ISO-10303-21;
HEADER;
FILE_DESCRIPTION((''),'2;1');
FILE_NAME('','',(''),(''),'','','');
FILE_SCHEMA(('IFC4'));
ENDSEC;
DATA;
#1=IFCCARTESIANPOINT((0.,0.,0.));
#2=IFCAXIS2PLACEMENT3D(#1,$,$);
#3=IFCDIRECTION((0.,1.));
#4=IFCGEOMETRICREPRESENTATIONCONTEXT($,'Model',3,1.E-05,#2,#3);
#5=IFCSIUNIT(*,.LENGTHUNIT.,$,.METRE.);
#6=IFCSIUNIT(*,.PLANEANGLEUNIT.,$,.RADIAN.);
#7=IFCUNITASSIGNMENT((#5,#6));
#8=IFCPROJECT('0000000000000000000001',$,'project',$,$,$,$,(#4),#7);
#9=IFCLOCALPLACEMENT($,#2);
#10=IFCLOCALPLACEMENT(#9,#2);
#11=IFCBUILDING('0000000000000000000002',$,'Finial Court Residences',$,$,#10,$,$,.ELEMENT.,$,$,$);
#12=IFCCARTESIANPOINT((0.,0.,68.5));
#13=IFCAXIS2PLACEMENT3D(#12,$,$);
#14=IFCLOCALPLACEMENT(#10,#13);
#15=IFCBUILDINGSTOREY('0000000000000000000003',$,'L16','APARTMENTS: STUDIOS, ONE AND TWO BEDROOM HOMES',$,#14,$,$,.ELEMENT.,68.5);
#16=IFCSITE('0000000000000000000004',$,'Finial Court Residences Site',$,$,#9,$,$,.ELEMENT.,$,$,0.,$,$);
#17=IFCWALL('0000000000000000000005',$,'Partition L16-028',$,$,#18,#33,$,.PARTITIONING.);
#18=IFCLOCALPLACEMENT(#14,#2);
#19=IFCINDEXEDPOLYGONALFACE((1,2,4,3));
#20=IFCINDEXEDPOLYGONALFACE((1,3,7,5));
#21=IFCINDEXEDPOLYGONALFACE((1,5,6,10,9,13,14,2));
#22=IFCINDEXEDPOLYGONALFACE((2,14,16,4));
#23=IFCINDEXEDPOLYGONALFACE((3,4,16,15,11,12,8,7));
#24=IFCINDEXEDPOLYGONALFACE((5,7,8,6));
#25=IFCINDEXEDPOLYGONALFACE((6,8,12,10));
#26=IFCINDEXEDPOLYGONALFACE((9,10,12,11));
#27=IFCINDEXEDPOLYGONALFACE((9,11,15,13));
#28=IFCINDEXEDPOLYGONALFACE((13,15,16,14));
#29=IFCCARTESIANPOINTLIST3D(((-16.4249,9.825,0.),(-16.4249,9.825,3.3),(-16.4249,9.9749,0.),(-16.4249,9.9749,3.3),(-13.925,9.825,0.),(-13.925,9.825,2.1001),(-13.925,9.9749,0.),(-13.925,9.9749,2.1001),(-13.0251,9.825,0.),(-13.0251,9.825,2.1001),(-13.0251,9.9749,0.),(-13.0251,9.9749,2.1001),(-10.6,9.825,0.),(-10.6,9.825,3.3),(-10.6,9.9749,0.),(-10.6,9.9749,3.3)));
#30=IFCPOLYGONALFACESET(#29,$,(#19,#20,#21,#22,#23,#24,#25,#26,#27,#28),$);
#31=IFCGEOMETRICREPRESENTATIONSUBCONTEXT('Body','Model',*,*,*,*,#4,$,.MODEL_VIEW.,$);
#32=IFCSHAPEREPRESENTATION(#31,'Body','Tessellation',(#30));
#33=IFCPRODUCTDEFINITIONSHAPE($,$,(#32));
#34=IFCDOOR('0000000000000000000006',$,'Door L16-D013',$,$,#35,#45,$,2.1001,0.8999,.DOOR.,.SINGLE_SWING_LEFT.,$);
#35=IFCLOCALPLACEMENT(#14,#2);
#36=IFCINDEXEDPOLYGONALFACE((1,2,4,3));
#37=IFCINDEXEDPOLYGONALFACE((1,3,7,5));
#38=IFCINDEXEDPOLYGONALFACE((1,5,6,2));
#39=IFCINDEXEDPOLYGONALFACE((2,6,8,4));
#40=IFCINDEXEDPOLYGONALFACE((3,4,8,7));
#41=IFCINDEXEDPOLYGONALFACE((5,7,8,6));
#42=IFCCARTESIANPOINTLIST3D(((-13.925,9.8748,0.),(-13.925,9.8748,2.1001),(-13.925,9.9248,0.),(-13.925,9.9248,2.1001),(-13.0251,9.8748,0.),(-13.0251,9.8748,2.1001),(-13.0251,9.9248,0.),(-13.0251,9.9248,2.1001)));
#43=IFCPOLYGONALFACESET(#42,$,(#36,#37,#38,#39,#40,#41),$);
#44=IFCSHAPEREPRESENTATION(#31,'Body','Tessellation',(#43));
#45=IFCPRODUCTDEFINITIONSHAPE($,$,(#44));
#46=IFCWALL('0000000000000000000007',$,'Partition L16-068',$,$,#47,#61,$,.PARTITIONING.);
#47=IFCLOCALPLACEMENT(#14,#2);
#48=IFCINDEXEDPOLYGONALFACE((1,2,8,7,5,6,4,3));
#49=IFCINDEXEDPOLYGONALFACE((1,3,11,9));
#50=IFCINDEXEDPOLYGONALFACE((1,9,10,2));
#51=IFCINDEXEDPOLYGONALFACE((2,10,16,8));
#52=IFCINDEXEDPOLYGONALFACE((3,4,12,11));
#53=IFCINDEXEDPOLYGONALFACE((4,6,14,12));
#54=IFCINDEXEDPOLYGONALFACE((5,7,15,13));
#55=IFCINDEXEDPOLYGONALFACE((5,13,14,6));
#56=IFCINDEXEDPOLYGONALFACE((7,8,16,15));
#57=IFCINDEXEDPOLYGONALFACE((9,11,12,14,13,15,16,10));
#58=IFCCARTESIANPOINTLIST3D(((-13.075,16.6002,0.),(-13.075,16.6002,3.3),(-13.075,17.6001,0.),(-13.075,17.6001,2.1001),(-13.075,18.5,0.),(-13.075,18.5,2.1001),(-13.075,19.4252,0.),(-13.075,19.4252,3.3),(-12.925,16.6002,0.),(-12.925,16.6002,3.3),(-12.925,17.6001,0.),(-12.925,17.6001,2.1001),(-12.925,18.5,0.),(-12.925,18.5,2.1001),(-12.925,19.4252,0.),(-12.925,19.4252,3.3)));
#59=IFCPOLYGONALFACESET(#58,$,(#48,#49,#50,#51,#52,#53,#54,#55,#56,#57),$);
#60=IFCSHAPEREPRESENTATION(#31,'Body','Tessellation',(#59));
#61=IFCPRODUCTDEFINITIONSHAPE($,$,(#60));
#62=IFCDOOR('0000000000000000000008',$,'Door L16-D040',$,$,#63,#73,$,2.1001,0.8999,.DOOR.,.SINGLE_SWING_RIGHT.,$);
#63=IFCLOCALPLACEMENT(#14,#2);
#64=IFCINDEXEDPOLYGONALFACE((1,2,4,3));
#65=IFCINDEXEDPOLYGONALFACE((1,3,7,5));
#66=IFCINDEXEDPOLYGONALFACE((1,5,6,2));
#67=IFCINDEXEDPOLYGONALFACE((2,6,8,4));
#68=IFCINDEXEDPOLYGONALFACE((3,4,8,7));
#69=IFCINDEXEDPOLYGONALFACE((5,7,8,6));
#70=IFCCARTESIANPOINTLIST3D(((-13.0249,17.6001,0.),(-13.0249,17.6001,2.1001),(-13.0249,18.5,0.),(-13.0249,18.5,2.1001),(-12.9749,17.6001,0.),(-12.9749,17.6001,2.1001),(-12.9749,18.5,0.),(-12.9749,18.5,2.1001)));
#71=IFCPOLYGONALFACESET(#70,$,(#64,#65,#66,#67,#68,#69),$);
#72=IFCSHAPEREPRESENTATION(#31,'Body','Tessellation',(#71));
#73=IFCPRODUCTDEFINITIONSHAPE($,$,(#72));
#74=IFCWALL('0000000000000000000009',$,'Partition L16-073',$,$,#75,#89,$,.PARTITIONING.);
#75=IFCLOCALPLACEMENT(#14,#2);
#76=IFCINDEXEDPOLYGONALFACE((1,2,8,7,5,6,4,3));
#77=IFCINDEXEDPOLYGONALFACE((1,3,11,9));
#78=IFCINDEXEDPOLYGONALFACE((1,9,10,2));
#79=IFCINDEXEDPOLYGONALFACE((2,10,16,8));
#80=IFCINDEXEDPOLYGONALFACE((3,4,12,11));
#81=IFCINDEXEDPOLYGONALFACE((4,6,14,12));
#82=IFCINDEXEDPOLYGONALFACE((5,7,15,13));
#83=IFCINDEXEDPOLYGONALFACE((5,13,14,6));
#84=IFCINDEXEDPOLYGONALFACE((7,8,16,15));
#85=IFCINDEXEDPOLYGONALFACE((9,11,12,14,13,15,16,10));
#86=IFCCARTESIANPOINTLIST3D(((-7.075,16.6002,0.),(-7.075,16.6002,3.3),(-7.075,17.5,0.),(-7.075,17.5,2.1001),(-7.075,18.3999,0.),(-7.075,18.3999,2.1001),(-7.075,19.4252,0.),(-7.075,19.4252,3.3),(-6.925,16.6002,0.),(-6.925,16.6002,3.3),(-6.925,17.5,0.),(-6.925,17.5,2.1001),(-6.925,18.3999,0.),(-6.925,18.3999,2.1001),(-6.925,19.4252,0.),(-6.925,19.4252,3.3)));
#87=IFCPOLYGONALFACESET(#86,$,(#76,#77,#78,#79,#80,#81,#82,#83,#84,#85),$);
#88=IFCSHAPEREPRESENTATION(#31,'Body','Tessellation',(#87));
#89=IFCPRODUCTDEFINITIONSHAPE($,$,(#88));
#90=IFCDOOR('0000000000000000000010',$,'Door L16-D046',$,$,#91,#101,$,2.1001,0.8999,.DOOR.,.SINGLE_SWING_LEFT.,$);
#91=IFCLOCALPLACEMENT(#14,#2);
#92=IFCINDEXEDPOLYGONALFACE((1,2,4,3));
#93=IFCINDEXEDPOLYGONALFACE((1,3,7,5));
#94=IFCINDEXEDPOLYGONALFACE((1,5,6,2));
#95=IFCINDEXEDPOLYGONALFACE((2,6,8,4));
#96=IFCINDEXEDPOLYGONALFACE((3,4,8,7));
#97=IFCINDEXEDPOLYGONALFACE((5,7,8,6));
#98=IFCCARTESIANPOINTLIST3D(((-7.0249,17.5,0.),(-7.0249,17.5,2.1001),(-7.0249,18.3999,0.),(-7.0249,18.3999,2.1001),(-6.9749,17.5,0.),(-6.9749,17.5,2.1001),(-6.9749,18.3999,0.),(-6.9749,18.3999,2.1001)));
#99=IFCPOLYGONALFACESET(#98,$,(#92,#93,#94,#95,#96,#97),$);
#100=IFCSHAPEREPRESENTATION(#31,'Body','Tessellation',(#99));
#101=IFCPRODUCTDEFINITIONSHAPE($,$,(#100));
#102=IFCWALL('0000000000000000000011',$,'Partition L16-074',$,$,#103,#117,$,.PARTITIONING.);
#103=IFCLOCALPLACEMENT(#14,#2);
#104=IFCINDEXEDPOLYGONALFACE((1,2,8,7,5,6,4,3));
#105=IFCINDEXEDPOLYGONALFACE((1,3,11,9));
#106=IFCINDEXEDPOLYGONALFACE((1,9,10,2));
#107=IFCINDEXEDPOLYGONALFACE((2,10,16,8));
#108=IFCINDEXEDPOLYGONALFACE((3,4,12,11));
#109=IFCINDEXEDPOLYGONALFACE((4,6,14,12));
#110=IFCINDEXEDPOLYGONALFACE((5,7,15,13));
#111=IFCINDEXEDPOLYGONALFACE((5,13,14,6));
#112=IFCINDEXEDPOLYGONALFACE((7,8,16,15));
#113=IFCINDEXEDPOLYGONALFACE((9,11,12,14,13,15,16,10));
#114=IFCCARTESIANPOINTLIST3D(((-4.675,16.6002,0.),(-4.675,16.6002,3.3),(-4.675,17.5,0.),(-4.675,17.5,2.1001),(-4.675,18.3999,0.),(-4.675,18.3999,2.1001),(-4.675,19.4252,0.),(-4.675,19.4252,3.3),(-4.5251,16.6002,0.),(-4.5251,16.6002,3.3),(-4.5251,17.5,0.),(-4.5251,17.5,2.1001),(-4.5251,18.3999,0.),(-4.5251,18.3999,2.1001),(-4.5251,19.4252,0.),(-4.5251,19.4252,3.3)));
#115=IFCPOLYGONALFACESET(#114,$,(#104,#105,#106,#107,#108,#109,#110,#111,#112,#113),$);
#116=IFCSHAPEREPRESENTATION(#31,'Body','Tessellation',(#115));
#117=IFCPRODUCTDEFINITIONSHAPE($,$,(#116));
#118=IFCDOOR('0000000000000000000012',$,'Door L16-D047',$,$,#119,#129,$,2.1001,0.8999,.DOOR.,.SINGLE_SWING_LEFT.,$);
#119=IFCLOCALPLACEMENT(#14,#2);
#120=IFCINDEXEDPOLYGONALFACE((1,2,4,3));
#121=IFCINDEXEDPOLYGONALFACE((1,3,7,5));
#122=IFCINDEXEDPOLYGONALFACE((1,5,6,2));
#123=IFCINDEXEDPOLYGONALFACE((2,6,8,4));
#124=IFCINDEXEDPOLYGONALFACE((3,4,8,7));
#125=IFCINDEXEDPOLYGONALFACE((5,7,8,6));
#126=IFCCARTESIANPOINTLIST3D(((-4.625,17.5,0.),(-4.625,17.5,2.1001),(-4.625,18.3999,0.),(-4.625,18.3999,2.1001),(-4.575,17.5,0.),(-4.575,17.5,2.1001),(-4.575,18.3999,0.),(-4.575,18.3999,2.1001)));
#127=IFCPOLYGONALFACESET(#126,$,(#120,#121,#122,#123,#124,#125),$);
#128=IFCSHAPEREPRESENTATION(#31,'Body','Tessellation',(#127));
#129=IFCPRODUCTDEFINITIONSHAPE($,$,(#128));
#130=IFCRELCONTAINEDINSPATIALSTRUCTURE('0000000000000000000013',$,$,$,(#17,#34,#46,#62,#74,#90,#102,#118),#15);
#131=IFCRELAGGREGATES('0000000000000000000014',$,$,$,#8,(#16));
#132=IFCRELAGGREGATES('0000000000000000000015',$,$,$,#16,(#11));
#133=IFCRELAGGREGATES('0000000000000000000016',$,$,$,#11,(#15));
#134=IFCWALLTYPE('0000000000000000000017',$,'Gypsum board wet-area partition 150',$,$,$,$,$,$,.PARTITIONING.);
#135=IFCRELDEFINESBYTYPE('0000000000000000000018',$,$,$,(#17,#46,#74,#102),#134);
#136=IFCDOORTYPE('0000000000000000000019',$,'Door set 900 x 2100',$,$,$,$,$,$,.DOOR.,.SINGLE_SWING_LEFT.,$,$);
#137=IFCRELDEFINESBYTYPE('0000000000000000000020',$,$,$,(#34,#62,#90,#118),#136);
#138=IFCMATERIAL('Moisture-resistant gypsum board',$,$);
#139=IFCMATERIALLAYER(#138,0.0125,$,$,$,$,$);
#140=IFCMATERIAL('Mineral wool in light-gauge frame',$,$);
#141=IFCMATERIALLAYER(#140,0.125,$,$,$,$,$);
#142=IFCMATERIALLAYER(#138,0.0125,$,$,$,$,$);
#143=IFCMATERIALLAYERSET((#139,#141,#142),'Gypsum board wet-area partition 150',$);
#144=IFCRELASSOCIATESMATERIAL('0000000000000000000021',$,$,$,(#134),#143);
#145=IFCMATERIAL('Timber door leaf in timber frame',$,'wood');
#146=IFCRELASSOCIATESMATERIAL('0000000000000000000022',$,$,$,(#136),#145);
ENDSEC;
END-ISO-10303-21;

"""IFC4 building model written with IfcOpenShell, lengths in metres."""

from ifc_helpers import new_model, si_unit, direction, frame, frame_2d, origin, place, context, subcontext, project, spatial, rectangle, extrude, material, layer, layer_set, type_object, element, fill, save


model = new_model("IFC4")

# Units and contexts
model_context = context("Model", 3, precision=1e-05, world=origin(), true_north=direction((0.0, 1.0)))
body_context = subcontext(model_context, "Body", "Model", "MODEL_VIEW")
ifc_project = project(units=[si_unit("LENGTHUNIT", "METRE"), si_unit("PLANEANGLEUNIT", "RADIAN")], contexts=[model_context])

# Site, building, storey
site_placement = place(None, origin())
site = spatial("IfcSite", under=ifc_project, at=site_placement, Name="Finial Court Residences Site", CompositionType="ELEMENT", RefElevation=0.0)
building_placement = place(site_placement, origin())
building = spatial("IfcBuilding", under=site, at=building_placement, Name="Finial Court Residences", CompositionType="ELEMENT")
storey_placement = place(building_placement, frame((0.0, 0.0, 68.5)))
storey = spatial("IfcBuildingStorey", under=building, at=storey_placement, Name="L16", Description="APARTMENTS: STUDIOS, ONE AND TWO BEDROOM HOMES", CompositionType="ELEMENT", Elevation=68.5)

# Shared definitions
ifc_material_1 = material(Name="Mineral wool in light-gauge frame")
ifc_material_2 = material(Name="Moisture-resistant gypsum board")
ifc_layer_1 = layer(ifc_material_2, 0.0125)
ifc_layer_2 = layer(ifc_material_1, 0.125)
ifc_layer_3 = layer(ifc_material_2, 0.0125)
ifc_layer_set_1 = layer_set([ifc_layer_1, ifc_layer_2, ifc_layer_3], Name="Gypsum board wet-area partition 150")
wall_type_1 = type_object("IfcWallType", Name="Gypsum board wet-area partition 150", PredefinedType="PARTITIONING", material=ifc_layer_set_1)

# Walls, openings, doors
wall_1_placement = place(storey_placement, frame((-16.425, 9.8999, 0.0), z_axis=(0.0, 0.0, 1.0), x_axis=(1.0, 0.0, 0.0)))
wall_1 = element("IfcWall", 1, at=wall_1_placement, inside=storey, type_object=wall_type_1, Name="Partition L16-028", PredefinedType="PARTITIONING", context=body_context, shape_type="SweptSolid", body=[
    extrude(rectangle(XDim=5.825, YDim=0.1499, at=frame_2d((2.9126, 0.0))), origin(), (0.0, 0.0, 1.0), 3.3),
])
opening_1_placement = place(wall_1_placement, frame((2.5, 0.0, 0.0)))
opening_1 = element("IfcOpeningElement", 2, at=opening_1_placement, cuts=wall_1, PredefinedType="OPENING", context=body_context, shape_type="SweptSolid", body=[
    extrude(rectangle(XDim=0.8999, YDim=2.1001, at=frame_2d((0.45, 1.05))), frame((0.0, 0.085, 0.0), z_axis=(0.0, -1.0, 0.0), x_axis=(1.0, 0.0, 0.0)), (0.0, 0.0, 1.0), 0.1699),
])
ifc_material_3 = material(Name="Timber door leaf in timber frame", Category="wood")
door_type_1 = type_object("IfcDoorType", Name="Door set 900 x 2100", OperationType="SINGLE_SWING_LEFT", PredefinedType="DOOR", material=ifc_material_3)
door_1_placement = place(opening_1_placement, origin())
door_1 = element("IfcDoor", 3, at=door_1_placement, inside=storey, type_object=door_type_1, Name="Door L16-D013", OperationType="SINGLE_SWING_LEFT", OverallHeight=2.1001, OverallWidth=0.8999, PredefinedType="DOOR", context=body_context, shape_type="SweptSolid", body=[
    extrude(rectangle(XDim=0.8999, YDim=2.1001, at=frame_2d((0.45, 1.05))), frame((0.0, 0.0249, 0.0), z_axis=(0.0, -1.0, 0.0), x_axis=(1.0, 0.0, 0.0)), (0.0, 0.0, 1.0), 0.05),
])
fill(opening_1, door_1)
wall_2_placement = place(storey_placement, frame((-13.0, 16.6001, 0.0), z_axis=(0.0, 0.0, 1.0), x_axis=(0.0, 1.0, 0.0)))
wall_2 = element("IfcWall", 4, at=wall_2_placement, inside=storey, type_object=wall_type_1, Name="Partition L16-068", PredefinedType="PARTITIONING", context=body_context, shape_type="SweptSolid", body=[
    extrude(rectangle(XDim=2.825, YDim=0.1499, at=frame_2d((1.4126, 0.0))), origin(), (0.0, 0.0, 1.0), 3.3),
])
opening_2_placement = place(wall_2_placement, frame((1.0, 0.0, 0.0)))
opening_2 = element("IfcOpeningElement", 5, at=opening_2_placement, cuts=wall_2, PredefinedType="OPENING", context=body_context, shape_type="SweptSolid", body=[
    extrude(rectangle(XDim=0.8999, YDim=2.1001, at=frame_2d((0.45, 1.05))), frame((0.0, 0.085, 0.0), z_axis=(0.0, -1.0, 0.0), x_axis=(1.0, 0.0, 0.0)), (0.0, 0.0, 1.0), 0.1699),
])
door_2_placement = place(opening_2_placement, origin())
door_2 = element("IfcDoor", 6, at=door_2_placement, inside=storey, type_object=door_type_1, Name="Door L16-D040", OperationType="SINGLE_SWING_RIGHT", OverallHeight=2.1001, OverallWidth=0.8999, PredefinedType="DOOR", context=body_context, shape_type="SweptSolid", body=[
    extrude(rectangle(XDim=0.8999, YDim=2.1001, at=frame_2d((0.45, 1.05))), frame((0.0, 0.0249, 0.0), z_axis=(0.0, -1.0, 0.0), x_axis=(1.0, 0.0, 0.0)), (0.0, 0.0, 1.0), 0.05),
])
fill(opening_2, door_2)
wall_3_placement = place(storey_placement, frame((-7.0, 16.6001, 0.0), z_axis=(0.0, 0.0, 1.0), x_axis=(0.0, 1.0, 0.0)))
wall_3 = element("IfcWall", 7, at=wall_3_placement, inside=storey, type_object=wall_type_1, Name="Partition L16-073", PredefinedType="PARTITIONING", context=body_context, shape_type="SweptSolid", body=[
    extrude(rectangle(XDim=2.825, YDim=0.1499, at=frame_2d((1.4126, 0.0))), origin(), (0.0, 0.0, 1.0), 3.3),
])
opening_3_placement = place(wall_3_placement, frame((0.8999, 0.0, 0.0)))
opening_3 = element("IfcOpeningElement", 8, at=opening_3_placement, cuts=wall_3, PredefinedType="OPENING", context=body_context, shape_type="SweptSolid", body=[
    extrude(rectangle(XDim=0.8999, YDim=2.1001, at=frame_2d((0.45, 1.05))), frame((0.0, 0.085, 0.0), z_axis=(0.0, -1.0, 0.0), x_axis=(1.0, 0.0, 0.0)), (0.0, 0.0, 1.0), 0.1699),
])
door_3_placement = place(opening_3_placement, origin())
door_3 = element("IfcDoor", 9, at=door_3_placement, inside=storey, type_object=door_type_1, Name="Door L16-D046", OperationType="SINGLE_SWING_LEFT", OverallHeight=2.1001, OverallWidth=0.8999, PredefinedType="DOOR", context=body_context, shape_type="SweptSolid", body=[
    extrude(rectangle(XDim=0.8999, YDim=2.1001, at=frame_2d((0.45, 1.05))), frame((0.0, 0.0249, 0.0), z_axis=(0.0, -1.0, 0.0), x_axis=(1.0, 0.0, 0.0)), (0.0, 0.0, 1.0), 0.05),
])
fill(opening_3, door_3)
wall_4_placement = place(storey_placement, frame((-4.6001, 16.6001, 0.0), z_axis=(0.0, 0.0, 1.0), x_axis=(0.0, 1.0, 0.0)))
wall_4 = element("IfcWall", 10, at=wall_4_placement, inside=storey, type_object=wall_type_1, Name="Partition L16-074", PredefinedType="PARTITIONING", context=body_context, shape_type="SweptSolid", body=[
    extrude(rectangle(XDim=2.825, YDim=0.1499, at=frame_2d((1.4126, 0.0))), origin(), (0.0, 0.0, 1.0), 3.3),
])
opening_4_placement = place(wall_4_placement, frame((0.8999, 0.0, 0.0)))
opening_4 = element("IfcOpeningElement", 11, at=opening_4_placement, cuts=wall_4, PredefinedType="OPENING", context=body_context, shape_type="SweptSolid", body=[
    extrude(rectangle(XDim=0.8999, YDim=2.1001, at=frame_2d((0.45, 1.05))), frame((0.0, 0.085, 0.0), z_axis=(0.0, -1.0, 0.0), x_axis=(1.0, 0.0, 0.0)), (0.0, 0.0, 1.0), 0.1699),
])
door_4_placement = place(opening_4_placement, origin())
door_4 = element("IfcDoor", 12, at=door_4_placement, inside=storey, type_object=door_type_1, Name="Door L16-D047", OperationType="SINGLE_SWING_LEFT", OverallHeight=2.1001, OverallWidth=0.8999, PredefinedType="DOOR", context=body_context, shape_type="SweptSolid", body=[
    extrude(rectangle(XDim=0.8999, YDim=2.1001, at=frame_2d((0.45, 1.05))), frame((0.0, 0.0249, 0.0), z_axis=(0.0, -1.0, 0.0), x_axis=(1.0, 0.0, 0.0)), (0.0, 0.0, 1.0), 0.05),
])
fill(opening_4, door_4)

save(model, "model.ifc")
